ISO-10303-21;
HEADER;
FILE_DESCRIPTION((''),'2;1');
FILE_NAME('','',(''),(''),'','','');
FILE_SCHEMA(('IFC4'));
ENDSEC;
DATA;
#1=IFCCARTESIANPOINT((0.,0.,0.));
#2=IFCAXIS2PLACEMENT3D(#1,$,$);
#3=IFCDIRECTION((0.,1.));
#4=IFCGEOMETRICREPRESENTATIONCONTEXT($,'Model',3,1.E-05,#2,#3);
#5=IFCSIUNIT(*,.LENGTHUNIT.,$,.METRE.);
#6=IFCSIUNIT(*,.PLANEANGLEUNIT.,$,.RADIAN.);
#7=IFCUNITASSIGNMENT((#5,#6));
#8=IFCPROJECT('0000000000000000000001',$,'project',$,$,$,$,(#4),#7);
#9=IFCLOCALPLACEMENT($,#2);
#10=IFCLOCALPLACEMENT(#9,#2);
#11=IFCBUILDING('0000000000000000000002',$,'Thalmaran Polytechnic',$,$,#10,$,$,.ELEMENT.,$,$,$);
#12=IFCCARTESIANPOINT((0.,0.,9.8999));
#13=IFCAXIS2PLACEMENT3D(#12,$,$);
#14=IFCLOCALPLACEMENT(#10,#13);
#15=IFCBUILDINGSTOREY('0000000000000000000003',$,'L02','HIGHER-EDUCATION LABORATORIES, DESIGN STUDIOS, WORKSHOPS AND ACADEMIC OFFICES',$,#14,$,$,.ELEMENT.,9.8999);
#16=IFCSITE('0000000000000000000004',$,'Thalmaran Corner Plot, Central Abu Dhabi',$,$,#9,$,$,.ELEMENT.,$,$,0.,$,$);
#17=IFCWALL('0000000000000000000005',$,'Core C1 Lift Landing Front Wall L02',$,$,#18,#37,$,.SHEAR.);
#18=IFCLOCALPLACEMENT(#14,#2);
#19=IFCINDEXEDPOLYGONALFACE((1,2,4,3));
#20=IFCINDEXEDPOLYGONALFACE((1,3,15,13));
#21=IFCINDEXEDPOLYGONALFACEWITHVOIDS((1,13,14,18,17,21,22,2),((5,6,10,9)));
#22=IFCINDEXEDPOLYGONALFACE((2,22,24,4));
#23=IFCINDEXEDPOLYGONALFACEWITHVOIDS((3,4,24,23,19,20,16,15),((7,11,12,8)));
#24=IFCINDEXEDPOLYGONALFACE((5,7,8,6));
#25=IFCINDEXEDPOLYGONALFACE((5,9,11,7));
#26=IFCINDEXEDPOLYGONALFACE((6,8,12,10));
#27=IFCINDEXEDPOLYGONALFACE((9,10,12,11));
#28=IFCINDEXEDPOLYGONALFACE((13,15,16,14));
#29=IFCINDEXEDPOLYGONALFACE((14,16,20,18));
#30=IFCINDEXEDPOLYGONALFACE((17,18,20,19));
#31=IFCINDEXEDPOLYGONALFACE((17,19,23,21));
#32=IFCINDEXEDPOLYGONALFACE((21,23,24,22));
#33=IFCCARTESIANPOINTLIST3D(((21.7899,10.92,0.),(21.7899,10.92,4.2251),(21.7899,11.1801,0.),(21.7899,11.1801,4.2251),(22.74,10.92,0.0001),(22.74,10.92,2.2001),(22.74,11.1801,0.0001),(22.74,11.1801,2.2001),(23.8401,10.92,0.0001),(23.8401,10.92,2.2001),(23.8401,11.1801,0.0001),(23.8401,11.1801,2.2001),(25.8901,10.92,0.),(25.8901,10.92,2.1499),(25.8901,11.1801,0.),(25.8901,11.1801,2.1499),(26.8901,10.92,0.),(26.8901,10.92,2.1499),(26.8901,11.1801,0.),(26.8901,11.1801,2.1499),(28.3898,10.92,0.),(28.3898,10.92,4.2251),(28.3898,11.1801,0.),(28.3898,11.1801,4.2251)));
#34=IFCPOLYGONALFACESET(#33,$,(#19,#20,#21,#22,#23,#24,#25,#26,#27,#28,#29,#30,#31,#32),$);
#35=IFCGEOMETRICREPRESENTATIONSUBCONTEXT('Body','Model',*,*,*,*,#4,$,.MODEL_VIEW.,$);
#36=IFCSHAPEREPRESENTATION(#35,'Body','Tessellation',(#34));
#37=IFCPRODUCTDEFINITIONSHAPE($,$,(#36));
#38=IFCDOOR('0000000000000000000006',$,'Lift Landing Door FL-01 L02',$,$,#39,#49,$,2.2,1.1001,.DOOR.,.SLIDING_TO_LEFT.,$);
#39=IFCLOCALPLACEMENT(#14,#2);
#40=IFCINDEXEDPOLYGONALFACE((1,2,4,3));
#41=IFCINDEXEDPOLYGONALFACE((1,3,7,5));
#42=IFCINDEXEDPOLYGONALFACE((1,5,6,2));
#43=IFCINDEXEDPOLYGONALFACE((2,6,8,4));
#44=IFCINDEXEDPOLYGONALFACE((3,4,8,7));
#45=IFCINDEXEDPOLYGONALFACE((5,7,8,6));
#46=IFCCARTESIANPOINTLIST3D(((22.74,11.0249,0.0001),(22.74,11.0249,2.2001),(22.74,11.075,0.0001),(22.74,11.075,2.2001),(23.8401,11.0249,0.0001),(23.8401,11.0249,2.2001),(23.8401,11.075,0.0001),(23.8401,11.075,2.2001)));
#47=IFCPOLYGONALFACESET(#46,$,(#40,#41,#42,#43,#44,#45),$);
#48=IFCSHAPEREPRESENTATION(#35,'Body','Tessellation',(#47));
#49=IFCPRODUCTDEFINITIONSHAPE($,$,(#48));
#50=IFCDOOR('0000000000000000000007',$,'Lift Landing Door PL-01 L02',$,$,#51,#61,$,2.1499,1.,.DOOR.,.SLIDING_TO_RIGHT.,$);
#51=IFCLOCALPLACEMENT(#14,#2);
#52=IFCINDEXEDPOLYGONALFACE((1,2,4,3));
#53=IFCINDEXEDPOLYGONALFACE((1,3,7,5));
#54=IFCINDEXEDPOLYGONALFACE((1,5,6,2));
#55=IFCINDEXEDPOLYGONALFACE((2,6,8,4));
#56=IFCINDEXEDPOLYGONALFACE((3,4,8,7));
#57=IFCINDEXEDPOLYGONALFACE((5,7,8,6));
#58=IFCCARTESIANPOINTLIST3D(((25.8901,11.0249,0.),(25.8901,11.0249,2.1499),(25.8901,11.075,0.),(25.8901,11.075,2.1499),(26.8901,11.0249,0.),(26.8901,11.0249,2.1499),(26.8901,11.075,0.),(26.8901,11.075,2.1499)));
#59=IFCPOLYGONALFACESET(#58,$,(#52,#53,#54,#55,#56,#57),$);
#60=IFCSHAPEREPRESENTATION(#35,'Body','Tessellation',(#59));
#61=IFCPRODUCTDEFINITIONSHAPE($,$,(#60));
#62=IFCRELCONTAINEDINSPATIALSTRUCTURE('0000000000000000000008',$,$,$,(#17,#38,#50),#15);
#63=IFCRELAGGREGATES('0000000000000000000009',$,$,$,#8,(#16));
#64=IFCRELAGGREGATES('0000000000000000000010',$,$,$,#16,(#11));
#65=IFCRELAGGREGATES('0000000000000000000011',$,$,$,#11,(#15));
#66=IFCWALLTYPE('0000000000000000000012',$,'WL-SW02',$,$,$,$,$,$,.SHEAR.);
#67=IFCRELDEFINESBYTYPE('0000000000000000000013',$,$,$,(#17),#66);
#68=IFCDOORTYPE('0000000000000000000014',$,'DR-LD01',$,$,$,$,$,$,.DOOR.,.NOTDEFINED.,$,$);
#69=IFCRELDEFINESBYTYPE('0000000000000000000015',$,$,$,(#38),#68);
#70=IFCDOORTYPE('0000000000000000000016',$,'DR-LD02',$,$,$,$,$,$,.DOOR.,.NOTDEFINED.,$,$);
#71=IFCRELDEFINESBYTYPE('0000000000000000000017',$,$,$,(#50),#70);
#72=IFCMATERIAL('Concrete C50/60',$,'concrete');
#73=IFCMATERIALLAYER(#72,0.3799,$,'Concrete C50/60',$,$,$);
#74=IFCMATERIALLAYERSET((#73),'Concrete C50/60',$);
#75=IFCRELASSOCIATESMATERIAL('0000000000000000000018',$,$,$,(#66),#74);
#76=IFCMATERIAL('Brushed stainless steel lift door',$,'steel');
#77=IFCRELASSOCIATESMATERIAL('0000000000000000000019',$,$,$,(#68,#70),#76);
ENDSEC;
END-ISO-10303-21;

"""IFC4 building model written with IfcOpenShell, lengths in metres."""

from ifc_helpers import new_model, si_unit, direction, frame, frame_2d, origin, place, context, subcontext, project, spatial, rectangle, extrude, material, layer, layer_set, type_object, element, fill, save


model = new_model("IFC4")

# Units and contexts
model_context = context("Model", 3, precision=1e-05, world=origin(), true_north=direction((0.0, 1.0)))
body_context = subcontext(model_context, "Body", "Model", "MODEL_VIEW")
ifc_project = project(units=[si_unit("LENGTHUNIT", "METRE"), si_unit("PLANEANGLEUNIT", "RADIAN")], contexts=[model_context])

# Site, building, storey
site_placement = place(None, origin())
site = spatial("IfcSite", under=ifc_project, at=site_placement, Name="Thalmaran Corner Plot, Central Abu Dhabi", CompositionType="ELEMENT", RefElevation=0.0)
building_placement = place(site_placement, origin())
building = spatial("IfcBuilding", under=site, at=building_placement, Name="Thalmaran Polytechnic", CompositionType="ELEMENT")
storey_placement = place(building_placement, frame((0.0, 0.0, 9.8999)))
storey = spatial("IfcBuildingStorey", under=building, at=storey_placement, Name="L02", Description="HIGHER-EDUCATION LABORATORIES, DESIGN STUDIOS, WORKSHOPS AND ACADEMIC OFFICES", CompositionType="ELEMENT", Elevation=9.8999)

# Shared definitions
ifc_material_1 = material(Name="Concrete C50/60", Category="concrete")

# Shared definitions
ifc_layer_1 = layer(ifc_material_1, 0.3799, Name="Concrete C50/60")
ifc_layer_set_1 = layer_set([ifc_layer_1], Name="Concrete C50/60")
wall_type_1 = type_object("IfcWallType", Name="WL-SW02", PredefinedType="SHEAR", material=ifc_layer_set_1)

# Wall, openings, doors
wall_1_placement = place(storey_placement, frame((21.79, 11.05, 0.0), z_axis=(0.0, 0.0, 1.0), x_axis=(1.0, 0.0, 0.0)))
wall_1 = element("IfcWall", 1, at=wall_1_placement, inside=storey, type_object=wall_type_1, Name="Core C1 Lift Landing Front Wall L02", PredefinedType="SHEAR", context=body_context, shape_type="SweptSolid", body=[
    extrude(rectangle(XDim=6.5999, YDim=0.26, at=frame_2d((3.2998, 0.0))), origin(), (0.0, 0.0, 1.0), 4.2251),
])
opening_1_placement = place(wall_1_placement, frame((0.95, 0.0, 0.0)))
opening_1 = element("IfcOpeningElement", 2, at=opening_1_placement, cuts=wall_1, PredefinedType="OPENING", context=body_context, shape_type="SweptSolid", body=[
    extrude(rectangle(XDim=1.1001, YDim=2.2, at=frame_2d((0.55, 1.1001))), frame((0.0, 0.1399, 0.0), z_axis=(0.0, -1.0, 0.0), x_axis=(1.0, 0.0, 0.0)), (0.0, 0.0, 1.0), 0.28),
])
opening_2_placement = place(wall_1_placement, frame((4.1001, 0.0, 0.0)))
opening_2 = element("IfcOpeningElement", 3, at=opening_2_placement, cuts=wall_1, PredefinedType="OPENING", context=body_context, shape_type="SweptSolid", body=[
    extrude(rectangle(XDim=1.0, YDim=2.1499, at=frame_2d((0.5, 1.075))), frame((0.0, 0.1399, 0.0), z_axis=(0.0, -1.0, 0.0), x_axis=(1.0, 0.0, 0.0)), (0.0, 0.0, 1.0), 0.28),
])
ifc_material_2 = material(Name="Brushed stainless steel lift door", Category="steel")
door_type_1 = type_object("IfcDoorType", Name="DR-LD01", OperationType="NOTDEFINED", PredefinedType="DOOR", material=ifc_material_2)
door_1_placement = place(opening_1_placement, origin())
door_1 = element("IfcDoor", 4, at=door_1_placement, inside=storey, type_object=door_type_1, Name="Lift Landing Door FL-01 L02", OperationType="SLIDING_TO_LEFT", OverallHeight=2.2, OverallWidth=1.1001, PredefinedType="DOOR", context=body_context, shape_type="SweptSolid", body=[
    extrude(rectangle(XDim=1.1001, YDim=2.2, at=frame_2d((0.55, 1.1001))), frame((0.0, 0.0249, 0.0), z_axis=(0.0, -1.0, 0.0), x_axis=(1.0, 0.0, 0.0)), (0.0, 0.0, 1.0), 0.05),
])
fill(opening_1, door_1)
door_type_2 = type_object("IfcDoorType", Name="DR-LD02", OperationType="NOTDEFINED", PredefinedType="DOOR", material=ifc_material_2)
door_2_placement = place(opening_2_placement, origin())
door_2 = element("IfcDoor", 5, at=door_2_placement, inside=storey, type_object=door_type_2, Name="Lift Landing Door PL-01 L02", OperationType="SLIDING_TO_RIGHT", OverallHeight=2.1499, OverallWidth=1.0, PredefinedType="DOOR", context=body_context, shape_type="SweptSolid", body=[
    extrude(rectangle(XDim=1.0, YDim=2.1499, at=frame_2d((0.5, 1.075))), frame((0.0, 0.0249, 0.0), z_axis=(0.0, -1.0, 0.0), x_axis=(1.0, 0.0, 0.0)), (0.0, 0.0, 1.0), 0.05),
])
fill(opening_2, door_2)

save(model, "model.ifc")
